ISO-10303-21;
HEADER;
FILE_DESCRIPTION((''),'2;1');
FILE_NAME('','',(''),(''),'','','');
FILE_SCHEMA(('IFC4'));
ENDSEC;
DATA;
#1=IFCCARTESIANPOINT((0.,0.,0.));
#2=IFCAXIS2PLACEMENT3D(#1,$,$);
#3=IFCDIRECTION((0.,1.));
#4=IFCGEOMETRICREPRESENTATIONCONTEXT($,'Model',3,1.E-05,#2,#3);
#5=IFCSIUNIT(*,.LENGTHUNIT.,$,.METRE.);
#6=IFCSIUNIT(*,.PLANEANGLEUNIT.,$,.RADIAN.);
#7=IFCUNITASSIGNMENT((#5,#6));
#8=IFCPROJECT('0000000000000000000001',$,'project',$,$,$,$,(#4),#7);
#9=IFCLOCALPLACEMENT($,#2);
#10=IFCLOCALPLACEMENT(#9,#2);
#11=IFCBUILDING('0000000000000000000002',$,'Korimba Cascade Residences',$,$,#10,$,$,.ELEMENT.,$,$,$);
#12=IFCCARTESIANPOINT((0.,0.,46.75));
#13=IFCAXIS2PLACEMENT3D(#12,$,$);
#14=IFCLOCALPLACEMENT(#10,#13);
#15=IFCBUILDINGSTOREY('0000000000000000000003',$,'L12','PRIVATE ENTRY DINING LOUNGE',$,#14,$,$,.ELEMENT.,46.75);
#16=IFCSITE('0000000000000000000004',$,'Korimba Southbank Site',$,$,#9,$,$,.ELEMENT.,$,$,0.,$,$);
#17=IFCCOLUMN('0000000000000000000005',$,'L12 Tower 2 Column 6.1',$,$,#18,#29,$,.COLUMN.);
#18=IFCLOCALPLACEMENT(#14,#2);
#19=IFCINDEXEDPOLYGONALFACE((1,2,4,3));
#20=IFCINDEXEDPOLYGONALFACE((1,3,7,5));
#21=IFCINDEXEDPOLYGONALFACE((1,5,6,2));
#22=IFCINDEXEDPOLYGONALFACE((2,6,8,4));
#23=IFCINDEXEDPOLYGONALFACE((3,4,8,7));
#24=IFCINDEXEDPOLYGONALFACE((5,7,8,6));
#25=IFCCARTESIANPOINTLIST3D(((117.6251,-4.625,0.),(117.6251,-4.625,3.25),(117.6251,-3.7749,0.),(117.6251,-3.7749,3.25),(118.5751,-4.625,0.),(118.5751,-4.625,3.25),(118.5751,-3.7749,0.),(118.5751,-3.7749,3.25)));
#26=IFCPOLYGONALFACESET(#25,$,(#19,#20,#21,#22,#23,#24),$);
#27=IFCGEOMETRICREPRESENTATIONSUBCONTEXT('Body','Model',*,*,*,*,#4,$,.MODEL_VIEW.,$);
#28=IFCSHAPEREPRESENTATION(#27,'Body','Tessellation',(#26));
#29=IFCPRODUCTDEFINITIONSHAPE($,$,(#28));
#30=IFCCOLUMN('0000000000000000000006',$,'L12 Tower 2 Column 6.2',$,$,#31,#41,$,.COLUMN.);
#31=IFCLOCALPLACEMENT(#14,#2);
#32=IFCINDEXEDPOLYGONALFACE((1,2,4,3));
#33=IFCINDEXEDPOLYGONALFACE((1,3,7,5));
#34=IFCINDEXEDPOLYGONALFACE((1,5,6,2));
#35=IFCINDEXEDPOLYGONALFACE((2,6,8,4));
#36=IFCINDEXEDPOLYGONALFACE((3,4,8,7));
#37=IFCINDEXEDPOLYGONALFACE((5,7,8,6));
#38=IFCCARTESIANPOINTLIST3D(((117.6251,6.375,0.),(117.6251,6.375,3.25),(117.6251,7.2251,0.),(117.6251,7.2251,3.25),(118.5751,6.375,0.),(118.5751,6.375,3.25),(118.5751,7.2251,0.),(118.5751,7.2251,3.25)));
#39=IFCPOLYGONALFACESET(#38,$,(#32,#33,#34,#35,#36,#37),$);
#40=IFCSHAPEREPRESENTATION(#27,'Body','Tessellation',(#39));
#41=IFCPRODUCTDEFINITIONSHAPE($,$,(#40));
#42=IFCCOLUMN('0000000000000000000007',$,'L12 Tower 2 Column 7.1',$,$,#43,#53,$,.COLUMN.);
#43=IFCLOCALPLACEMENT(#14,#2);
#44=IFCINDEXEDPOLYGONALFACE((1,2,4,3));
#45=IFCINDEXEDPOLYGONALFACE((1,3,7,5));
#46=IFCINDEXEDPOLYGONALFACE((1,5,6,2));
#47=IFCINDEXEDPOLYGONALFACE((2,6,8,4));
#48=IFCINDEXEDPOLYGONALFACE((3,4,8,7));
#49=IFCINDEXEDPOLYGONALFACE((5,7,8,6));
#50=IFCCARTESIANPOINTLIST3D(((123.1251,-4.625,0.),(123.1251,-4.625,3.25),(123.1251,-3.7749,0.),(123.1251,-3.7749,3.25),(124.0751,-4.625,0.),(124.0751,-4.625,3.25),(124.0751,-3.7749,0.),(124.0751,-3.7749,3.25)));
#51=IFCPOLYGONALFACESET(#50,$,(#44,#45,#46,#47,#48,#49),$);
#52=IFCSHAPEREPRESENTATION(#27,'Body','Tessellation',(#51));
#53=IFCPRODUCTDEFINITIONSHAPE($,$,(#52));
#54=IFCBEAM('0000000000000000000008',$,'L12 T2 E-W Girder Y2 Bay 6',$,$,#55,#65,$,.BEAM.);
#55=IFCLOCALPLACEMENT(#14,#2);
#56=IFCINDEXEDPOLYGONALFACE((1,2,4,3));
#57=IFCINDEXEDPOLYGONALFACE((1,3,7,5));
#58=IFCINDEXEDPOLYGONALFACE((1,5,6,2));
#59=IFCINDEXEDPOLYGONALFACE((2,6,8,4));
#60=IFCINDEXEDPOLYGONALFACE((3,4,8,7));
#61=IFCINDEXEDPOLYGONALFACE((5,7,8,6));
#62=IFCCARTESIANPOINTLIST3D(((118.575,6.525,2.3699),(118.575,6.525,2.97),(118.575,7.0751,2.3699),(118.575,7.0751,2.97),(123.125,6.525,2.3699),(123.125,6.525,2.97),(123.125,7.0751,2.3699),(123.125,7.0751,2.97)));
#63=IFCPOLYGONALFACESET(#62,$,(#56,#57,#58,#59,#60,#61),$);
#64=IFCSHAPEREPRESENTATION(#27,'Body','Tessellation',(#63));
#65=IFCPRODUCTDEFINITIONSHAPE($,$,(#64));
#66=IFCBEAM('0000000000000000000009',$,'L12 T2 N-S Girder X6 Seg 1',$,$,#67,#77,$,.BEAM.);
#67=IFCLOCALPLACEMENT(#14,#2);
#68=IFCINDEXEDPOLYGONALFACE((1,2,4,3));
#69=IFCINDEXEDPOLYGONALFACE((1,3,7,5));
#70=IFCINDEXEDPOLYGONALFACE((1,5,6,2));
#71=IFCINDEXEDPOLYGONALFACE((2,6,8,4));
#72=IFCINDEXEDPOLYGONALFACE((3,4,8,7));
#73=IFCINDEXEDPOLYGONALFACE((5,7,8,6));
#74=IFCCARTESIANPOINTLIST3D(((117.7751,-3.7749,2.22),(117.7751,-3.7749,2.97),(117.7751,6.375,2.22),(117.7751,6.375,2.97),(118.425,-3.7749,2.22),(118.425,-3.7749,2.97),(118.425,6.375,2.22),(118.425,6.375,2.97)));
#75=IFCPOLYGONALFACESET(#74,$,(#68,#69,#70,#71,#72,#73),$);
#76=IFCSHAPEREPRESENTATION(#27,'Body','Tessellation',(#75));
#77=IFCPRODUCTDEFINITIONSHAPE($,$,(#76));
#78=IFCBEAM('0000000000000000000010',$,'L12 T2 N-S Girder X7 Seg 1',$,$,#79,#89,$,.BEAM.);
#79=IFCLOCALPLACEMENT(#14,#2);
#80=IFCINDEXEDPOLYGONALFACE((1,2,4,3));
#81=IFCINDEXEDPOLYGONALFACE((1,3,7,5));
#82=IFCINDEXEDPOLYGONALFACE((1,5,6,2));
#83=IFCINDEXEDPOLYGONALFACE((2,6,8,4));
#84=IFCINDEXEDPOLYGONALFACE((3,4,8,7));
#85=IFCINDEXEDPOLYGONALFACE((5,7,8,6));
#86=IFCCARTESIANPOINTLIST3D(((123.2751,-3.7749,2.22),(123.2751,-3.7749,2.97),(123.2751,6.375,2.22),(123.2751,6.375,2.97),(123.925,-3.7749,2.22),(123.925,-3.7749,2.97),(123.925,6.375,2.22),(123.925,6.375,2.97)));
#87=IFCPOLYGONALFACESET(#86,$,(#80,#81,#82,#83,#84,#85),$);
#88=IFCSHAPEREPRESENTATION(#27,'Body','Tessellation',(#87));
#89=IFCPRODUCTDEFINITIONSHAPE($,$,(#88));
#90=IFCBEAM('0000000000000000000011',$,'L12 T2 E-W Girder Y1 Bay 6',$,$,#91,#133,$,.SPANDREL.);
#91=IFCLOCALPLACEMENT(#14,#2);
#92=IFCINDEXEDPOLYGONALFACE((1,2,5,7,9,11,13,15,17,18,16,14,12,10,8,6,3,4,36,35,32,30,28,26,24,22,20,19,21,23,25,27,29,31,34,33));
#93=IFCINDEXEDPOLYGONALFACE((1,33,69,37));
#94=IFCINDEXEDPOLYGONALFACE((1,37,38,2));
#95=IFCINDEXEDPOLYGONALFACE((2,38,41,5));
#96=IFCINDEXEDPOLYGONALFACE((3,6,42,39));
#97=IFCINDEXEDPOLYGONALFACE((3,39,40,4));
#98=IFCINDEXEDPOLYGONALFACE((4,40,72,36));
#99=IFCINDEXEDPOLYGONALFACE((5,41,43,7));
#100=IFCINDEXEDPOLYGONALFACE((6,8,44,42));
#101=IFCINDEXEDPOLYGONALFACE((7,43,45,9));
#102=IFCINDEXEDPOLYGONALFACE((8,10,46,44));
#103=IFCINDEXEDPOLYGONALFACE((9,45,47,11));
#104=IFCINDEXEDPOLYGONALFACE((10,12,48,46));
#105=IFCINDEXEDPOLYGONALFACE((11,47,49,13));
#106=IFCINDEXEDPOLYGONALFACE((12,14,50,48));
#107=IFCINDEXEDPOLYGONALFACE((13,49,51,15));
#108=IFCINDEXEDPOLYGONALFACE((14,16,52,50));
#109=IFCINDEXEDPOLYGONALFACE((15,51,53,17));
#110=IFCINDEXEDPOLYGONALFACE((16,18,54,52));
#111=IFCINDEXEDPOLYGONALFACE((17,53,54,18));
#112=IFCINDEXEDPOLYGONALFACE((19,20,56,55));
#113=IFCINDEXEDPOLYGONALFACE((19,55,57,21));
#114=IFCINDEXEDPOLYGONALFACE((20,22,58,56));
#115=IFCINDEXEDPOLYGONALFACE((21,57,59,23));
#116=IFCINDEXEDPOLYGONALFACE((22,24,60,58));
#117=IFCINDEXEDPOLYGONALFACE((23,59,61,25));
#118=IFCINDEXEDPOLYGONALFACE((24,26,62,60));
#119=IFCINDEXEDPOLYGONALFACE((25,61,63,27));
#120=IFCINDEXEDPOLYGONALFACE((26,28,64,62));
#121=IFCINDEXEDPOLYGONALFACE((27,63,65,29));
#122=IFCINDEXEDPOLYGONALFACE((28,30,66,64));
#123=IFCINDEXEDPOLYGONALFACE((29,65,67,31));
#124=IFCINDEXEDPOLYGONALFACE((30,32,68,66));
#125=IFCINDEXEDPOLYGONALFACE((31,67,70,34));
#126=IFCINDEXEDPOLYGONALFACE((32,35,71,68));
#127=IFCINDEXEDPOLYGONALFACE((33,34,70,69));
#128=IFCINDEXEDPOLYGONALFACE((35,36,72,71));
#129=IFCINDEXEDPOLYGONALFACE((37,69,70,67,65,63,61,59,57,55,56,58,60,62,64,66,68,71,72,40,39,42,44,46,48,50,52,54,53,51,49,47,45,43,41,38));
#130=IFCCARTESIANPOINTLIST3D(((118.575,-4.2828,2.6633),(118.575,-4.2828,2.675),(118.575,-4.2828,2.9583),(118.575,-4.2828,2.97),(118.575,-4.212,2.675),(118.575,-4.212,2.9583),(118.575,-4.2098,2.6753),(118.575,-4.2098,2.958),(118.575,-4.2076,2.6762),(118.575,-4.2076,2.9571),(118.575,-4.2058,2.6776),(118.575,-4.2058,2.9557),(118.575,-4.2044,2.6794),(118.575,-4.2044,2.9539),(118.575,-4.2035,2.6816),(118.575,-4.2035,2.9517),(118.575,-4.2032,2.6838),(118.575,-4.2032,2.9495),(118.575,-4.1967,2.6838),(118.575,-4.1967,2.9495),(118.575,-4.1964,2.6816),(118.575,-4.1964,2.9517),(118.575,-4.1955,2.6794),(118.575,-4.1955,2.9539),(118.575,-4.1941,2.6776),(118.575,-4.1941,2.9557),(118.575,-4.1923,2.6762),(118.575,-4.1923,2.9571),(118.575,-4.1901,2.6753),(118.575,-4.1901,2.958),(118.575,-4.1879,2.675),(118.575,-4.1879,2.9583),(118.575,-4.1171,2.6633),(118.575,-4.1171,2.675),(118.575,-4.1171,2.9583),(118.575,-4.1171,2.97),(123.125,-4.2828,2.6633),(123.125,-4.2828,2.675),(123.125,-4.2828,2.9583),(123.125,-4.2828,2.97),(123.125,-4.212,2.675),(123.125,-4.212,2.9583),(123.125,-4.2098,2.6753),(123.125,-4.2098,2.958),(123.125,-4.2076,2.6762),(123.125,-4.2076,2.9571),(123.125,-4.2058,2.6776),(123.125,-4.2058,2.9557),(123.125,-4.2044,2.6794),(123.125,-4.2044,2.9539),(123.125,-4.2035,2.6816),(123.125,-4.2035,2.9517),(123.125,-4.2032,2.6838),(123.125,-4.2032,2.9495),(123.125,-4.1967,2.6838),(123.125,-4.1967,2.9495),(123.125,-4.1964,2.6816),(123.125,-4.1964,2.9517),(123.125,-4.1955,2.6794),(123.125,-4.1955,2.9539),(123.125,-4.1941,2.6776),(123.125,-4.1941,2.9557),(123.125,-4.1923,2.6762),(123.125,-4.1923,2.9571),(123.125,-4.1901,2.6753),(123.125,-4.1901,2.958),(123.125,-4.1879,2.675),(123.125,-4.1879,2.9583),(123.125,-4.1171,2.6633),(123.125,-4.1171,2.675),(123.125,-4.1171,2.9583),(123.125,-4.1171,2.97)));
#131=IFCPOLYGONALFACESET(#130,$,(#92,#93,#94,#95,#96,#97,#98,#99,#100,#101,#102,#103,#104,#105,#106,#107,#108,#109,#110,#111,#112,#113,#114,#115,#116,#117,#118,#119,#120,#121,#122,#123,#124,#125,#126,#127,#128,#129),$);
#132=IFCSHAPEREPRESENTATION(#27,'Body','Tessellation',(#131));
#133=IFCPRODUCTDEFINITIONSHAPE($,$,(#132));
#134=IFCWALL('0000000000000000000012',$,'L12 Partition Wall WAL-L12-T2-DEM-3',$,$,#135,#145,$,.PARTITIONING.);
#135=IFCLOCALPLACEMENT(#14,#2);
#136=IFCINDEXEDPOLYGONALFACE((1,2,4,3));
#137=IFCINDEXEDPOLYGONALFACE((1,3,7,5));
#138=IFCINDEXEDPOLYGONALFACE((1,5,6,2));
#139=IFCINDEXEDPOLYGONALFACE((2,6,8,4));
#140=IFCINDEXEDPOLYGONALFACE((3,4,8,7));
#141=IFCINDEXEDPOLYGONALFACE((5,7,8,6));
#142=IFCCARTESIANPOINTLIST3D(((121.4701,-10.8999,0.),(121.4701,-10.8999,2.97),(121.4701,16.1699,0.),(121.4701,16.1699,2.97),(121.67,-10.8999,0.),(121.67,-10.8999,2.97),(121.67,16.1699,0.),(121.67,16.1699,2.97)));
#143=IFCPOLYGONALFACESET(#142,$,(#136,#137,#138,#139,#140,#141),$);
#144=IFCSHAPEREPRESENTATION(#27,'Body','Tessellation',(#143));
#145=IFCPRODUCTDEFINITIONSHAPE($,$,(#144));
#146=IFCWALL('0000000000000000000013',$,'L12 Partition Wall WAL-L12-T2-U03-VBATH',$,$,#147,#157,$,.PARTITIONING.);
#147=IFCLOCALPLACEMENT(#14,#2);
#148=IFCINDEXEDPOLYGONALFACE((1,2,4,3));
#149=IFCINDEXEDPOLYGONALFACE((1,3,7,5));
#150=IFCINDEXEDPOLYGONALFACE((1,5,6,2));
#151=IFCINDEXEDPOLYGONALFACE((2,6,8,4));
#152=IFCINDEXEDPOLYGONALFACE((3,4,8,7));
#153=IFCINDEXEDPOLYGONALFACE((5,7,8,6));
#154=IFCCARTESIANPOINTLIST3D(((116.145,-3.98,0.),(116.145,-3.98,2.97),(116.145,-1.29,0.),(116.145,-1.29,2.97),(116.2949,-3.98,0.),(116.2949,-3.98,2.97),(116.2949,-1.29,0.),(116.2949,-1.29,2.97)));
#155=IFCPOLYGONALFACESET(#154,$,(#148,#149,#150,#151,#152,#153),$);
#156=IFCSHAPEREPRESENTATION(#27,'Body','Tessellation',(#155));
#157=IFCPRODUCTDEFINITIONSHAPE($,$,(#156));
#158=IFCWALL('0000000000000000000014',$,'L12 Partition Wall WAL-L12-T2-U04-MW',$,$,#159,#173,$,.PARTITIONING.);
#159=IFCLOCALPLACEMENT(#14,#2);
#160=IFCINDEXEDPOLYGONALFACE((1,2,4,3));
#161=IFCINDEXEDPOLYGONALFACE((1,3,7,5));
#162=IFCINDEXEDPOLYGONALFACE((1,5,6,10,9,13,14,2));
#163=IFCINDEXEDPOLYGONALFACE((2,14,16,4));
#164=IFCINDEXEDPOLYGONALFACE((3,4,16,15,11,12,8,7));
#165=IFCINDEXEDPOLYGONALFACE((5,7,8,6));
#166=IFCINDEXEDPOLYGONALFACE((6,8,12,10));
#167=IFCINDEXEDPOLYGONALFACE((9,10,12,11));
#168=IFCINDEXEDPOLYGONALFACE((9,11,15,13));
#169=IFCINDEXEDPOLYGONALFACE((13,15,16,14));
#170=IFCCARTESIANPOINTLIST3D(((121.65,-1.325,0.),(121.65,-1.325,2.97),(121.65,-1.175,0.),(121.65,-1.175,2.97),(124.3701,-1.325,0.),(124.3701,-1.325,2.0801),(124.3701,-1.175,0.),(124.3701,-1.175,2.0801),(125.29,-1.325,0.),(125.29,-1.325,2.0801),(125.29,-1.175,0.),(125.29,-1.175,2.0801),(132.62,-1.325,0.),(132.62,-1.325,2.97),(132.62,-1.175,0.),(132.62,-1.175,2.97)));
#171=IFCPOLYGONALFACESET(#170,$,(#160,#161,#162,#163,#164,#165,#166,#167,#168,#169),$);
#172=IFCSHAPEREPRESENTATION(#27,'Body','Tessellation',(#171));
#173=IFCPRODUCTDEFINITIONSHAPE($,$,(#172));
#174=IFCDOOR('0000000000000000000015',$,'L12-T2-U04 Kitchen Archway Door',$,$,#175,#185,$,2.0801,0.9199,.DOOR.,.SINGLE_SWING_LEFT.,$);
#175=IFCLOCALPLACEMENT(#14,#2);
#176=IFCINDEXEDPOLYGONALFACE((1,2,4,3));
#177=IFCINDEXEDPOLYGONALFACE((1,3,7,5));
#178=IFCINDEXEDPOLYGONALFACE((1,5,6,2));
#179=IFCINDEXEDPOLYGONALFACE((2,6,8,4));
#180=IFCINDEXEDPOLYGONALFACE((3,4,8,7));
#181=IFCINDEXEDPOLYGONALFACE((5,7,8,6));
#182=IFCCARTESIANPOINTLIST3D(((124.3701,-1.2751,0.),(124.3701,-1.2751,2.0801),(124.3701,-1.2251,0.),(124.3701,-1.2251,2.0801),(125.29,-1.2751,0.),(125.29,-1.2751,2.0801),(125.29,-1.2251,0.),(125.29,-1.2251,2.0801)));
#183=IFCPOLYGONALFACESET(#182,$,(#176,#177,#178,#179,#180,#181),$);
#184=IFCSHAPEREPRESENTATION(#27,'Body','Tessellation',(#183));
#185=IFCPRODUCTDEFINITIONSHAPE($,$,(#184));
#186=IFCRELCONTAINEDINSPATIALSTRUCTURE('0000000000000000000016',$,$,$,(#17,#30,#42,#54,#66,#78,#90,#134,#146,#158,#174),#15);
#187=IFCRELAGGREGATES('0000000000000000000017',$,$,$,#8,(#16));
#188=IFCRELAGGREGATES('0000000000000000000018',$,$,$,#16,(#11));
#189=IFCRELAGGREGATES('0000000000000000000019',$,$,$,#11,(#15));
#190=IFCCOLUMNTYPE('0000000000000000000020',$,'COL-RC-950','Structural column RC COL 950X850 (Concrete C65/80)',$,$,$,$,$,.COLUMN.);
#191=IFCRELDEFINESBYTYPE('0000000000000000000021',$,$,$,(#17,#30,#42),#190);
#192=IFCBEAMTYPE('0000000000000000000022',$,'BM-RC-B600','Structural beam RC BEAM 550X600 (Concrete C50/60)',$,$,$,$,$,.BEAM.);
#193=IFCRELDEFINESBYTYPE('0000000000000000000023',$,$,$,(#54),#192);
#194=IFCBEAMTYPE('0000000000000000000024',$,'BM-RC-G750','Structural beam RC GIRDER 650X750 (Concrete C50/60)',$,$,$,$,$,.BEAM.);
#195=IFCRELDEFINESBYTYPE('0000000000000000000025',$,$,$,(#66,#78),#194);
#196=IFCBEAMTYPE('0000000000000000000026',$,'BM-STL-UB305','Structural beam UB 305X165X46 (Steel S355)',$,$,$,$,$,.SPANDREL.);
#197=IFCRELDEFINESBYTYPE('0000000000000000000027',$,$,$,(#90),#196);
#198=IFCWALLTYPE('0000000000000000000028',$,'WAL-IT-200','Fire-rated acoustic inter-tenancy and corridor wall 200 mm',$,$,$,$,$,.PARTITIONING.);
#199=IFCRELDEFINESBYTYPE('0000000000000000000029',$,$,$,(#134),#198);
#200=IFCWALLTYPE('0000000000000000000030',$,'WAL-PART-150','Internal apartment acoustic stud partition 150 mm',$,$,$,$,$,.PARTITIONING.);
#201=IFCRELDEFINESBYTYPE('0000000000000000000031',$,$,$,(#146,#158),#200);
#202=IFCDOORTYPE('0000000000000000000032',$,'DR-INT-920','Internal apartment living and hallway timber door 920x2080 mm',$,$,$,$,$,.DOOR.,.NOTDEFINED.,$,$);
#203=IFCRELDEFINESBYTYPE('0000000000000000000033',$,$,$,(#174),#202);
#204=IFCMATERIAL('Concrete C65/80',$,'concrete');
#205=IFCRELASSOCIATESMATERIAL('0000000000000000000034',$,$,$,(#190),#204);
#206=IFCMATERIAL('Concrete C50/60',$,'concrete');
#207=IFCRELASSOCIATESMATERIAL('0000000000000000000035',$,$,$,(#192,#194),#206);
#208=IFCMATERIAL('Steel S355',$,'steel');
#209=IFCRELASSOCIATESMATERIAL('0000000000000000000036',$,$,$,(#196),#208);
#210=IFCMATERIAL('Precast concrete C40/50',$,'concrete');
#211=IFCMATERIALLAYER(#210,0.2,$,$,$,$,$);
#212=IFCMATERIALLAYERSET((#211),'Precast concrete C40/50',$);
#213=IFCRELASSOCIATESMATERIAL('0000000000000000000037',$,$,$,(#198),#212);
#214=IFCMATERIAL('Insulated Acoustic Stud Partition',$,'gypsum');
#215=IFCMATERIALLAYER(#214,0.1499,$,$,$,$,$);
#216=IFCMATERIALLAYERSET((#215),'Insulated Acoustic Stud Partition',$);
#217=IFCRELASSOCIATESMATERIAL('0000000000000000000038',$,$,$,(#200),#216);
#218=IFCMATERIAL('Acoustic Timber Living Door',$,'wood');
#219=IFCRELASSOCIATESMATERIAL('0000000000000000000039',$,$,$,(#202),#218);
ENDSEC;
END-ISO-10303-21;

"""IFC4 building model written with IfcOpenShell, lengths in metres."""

from ifc_helpers import new_model, si_unit, direction, frame, frame_2d, origin, origin_2d, place, context, subcontext, project, spatial, rectangle, i_section, extrude, material, layer, layer_set, material_profile, profile_set, type_object, element, fill, save


model = new_model("IFC4")

# Units and contexts
model_context = context("Model", 3, precision=1e-05, world=origin(), true_north=direction((0.0, 1.0)))
body_context = subcontext(model_context, "Body", "Model", "MODEL_VIEW")
ifc_project = project(units=[si_unit("LENGTHUNIT", "METRE"), si_unit("PLANEANGLEUNIT", "RADIAN")], contexts=[model_context])

# Site, building, storey
site_placement = place(None, origin())
site = spatial("IfcSite", under=ifc_project, at=site_placement, Name="Korimba Southbank Site", CompositionType="ELEMENT", RefElevation=0.0)
building_placement = place(site_placement, origin())
building = spatial("IfcBuilding", under=site, at=building_placement, Name="Korimba Cascade Residences", CompositionType="ELEMENT")
storey_placement = place(building_placement, frame((0.0, 0.0, 46.75)))
storey = spatial("IfcBuildingStorey", under=building, at=storey_placement, Name="L12", Description="PRIVATE ENTRY DINING LOUNGE", CompositionType="ELEMENT", Elevation=46.75)

# Columns
ifc_material_1 = material(Name="Concrete C65/80", Category="concrete")
ifc_material_profile_1 = material_profile(ifc_material_1, rectangle(XDim=0.95, YDim=0.8501, at=origin_2d()), Name="Concrete C65/80")
ifc_profile_set_1 = profile_set([ifc_material_profile_1], Name="Concrete C65/80")
column_type = type_object("IfcColumnType", Name="COL-RC-950", Description="Structural column RC COL 950X850 (Concrete C65/80)", PredefinedType="COLUMN", material=ifc_profile_set_1)
for number, where, z_axis, x_axis, name in (
    (1, (118.1001, -4.2, 0.0), (0.0, 0.0, 1.0), (1.0, 0.0, 0.0), "L12 Tower 2 Column 6.1"),
    (2, (118.1001, 6.8, 0.0), (0.0, 0.0, 1.0), (1.0, 0.0, 0.0), "L12 Tower 2 Column 6.2"),
    (3, (123.6001, -4.2, 0.0), (0.0, 0.0, 1.0), (1.0, 0.0, 0.0), "L12 Tower 2 Column 7.1"),
):
    element("IfcColumn", number, at=place(storey_placement, frame(where, z_axis=z_axis, x_axis=x_axis)), inside=storey, type_object=column_type, Name=name, PredefinedType="COLUMN", context=body_context, shape_type="SweptSolid", body=[
        extrude(rectangle(XDim=0.95, YDim=0.8501, at=origin_2d()), origin(), (0.0, 0.0, 1.0), 3.25),
    ])

# Beams
ifc_material_2 = material(Name="Concrete C50/60", Category="concrete")
ifc_material_profile_2 = material_profile(ifc_material_2, rectangle(XDim=0.55, YDim=0.6001, at=origin_2d()), Name="Concrete C50/60")
ifc_profile_set_2 = profile_set([ifc_material_profile_2], Name="Concrete C50/60")
beam_type_1 = type_object("IfcBeamType", Name="BM-RC-B600", Description="Structural beam RC BEAM 550X600 (Concrete C50/60)", PredefinedType="BEAM", material=ifc_profile_set_2)
beam_1_placement = place(storey_placement, frame((118.575, 6.8, 2.6699), z_axis=(1.0, 0.0, 0.0), x_axis=(0.0, 1.0, 0.0)))
element("IfcBeam", 4, at=beam_1_placement, inside=storey, type_object=beam_type_1, Name="L12 T2 E-W Girder Y2 Bay 6", PredefinedType="BEAM", context=body_context, shape_type="SweptSolid", body=[
    extrude(rectangle(XDim=0.55, YDim=0.6001, at=origin_2d()), origin(), (0.0, 0.0, 1.0), 4.55),
])
ifc_material_profile_3 = material_profile(ifc_material_2, rectangle(XDim=0.6499, YDim=0.75, at=origin_2d()), Name="Concrete C50/60")
ifc_profile_set_3 = profile_set([ifc_material_profile_3], Name="Concrete C50/60")
beam_type_2 = type_object("IfcBeamType", Name="BM-RC-G750", Description="Structural beam RC GIRDER 650X750 (Concrete C50/60)", PredefinedType="BEAM", material=ifc_profile_set_3)
for number, where, z_axis, x_axis, name in (
    (5, (118.1001, -3.7749, 2.595), (0.0, 1.0, 0.0), (-1.0, 0.0, 0.0), "L12 T2 N-S Girder X6 Seg 1"),
    (6, (123.6001, -3.7749, 2.595), (0.0, 1.0, 0.0), (-1.0, 0.0, 0.0), "L12 T2 N-S Girder X7 Seg 1"),
):
    element("IfcBeam", number, at=place(storey_placement, frame(where, z_axis=z_axis, x_axis=x_axis)), inside=storey, type_object=beam_type_2, Name=name, PredefinedType="BEAM", context=body_context, shape_type="SweptSolid", body=[
        extrude(rectangle(XDim=0.6499, YDim=0.75, at=origin_2d()), origin(), (0.0, 0.0, 1.0), 10.1499),
    ])
ifc_material_3 = material(Name="Steel S355", Category="steel")
ifc_material_profile_4 = material_profile(ifc_material_3, i_section(OverallWidth=0.1658, OverallDepth=0.3066, WebThickness=0.0066, FlangeThickness=0.0117, FilletRadius=0.0088, at=origin_2d()), Name="Steel S355")
ifc_profile_set_4 = profile_set([ifc_material_profile_4], Name="Steel S355")
beam_type_3 = type_object("IfcBeamType", Name="BM-STL-UB305", Description="Structural beam UB 305X165X46 (Steel S355)", PredefinedType="SPANDREL", material=ifc_profile_set_4)
beam_2_placement = place(storey_placement, frame((118.575, -4.2, 2.8167), z_axis=(1.0, 0.0, 0.0), x_axis=(0.0, 1.0, 0.0)))
element("IfcBeam", 7, at=beam_2_placement, inside=storey, type_object=beam_type_3, Name="L12 T2 E-W Girder Y1 Bay 6", PredefinedType="SPANDREL", context=body_context, shape_type="SweptSolid", body=[
    extrude(i_section(OverallWidth=0.1658, OverallDepth=0.3066, WebThickness=0.0066, FlangeThickness=0.0117, FilletRadius=0.0088, at=origin_2d()), origin(), (0.0, 0.0, 1.0), 4.55),
])

# Walls
ifc_material_4 = material(Name="Precast concrete C40/50", Category="concrete")
ifc_layer_1 = layer(ifc_material_4, 0.2)
ifc_layer_set_1 = layer_set([ifc_layer_1], Name="Precast concrete C40/50")
wall_type_1 = type_object("IfcWallType", Name="WAL-IT-200", Description="Fire-rated acoustic inter-tenancy and corridor wall 200 mm", PredefinedType="PARTITIONING", material=ifc_layer_set_1)
wall_1_placement = place(storey_placement, frame((121.5701, -10.8999, 0.0), z_axis=(0.0, 0.0, 1.0), x_axis=(0.0, 1.0, 0.0)))
element("IfcWall", 8, at=wall_1_placement, inside=storey, type_object=wall_type_1, Name="L12 Partition Wall WAL-L12-T2-DEM-3", PredefinedType="PARTITIONING", context=body_context, shape_type="SweptSolid", body=[
    extrude(rectangle(XDim=27.0698, YDim=0.2, at=frame_2d((13.5349, 0.0))), origin(), (0.0, 0.0, 1.0), 2.97),
])
ifc_material_5 = material(Name="Insulated Acoustic Stud Partition", Category="gypsum")
ifc_layer_2 = layer(ifc_material_5, 0.1499)
ifc_layer_set_2 = layer_set([ifc_layer_2], Name="Insulated Acoustic Stud Partition")
wall_type_2 = type_object("IfcWallType", Name="WAL-PART-150", Description="Internal apartment acoustic stud partition 150 mm", PredefinedType="PARTITIONING", material=ifc_layer_set_2)
wall_2_placement = place(storey_placement, frame((116.22, -3.98, 0.0), z_axis=(0.0, 0.0, 1.0), x_axis=(0.0, 1.0, 0.0)))
element("IfcWall", 9, at=wall_2_placement, inside=storey, type_object=wall_type_2, Name="L12 Partition Wall WAL-L12-T2-U03-VBATH", PredefinedType="PARTITIONING", context=body_context, shape_type="SweptSolid", body=[
    extrude(rectangle(XDim=2.6899, YDim=0.1499, at=frame_2d((1.345, 0.0))), origin(), (0.0, 0.0, 1.0), 2.97),
])

# Wall, opening, door
wall_3_placement = place(storey_placement, frame((121.6501, -1.25, 0.0), z_axis=(0.0, 0.0, 1.0), x_axis=(1.0, 0.0, 0.0)))
wall_3 = element("IfcWall", 10, at=wall_3_placement, inside=storey, type_object=wall_type_2, Name="L12 Partition Wall WAL-L12-T2-U04-MW", PredefinedType="PARTITIONING", context=body_context, shape_type="SweptSolid", body=[
    extrude(rectangle(XDim=10.97, YDim=0.1499, at=frame_2d((5.4849, 0.0))), origin(), (0.0, 0.0, 1.0), 2.97),
])
opening_1_placement = place(wall_3_placement, frame((2.72, 0.0, 0.0)))
opening_1 = element("IfcOpeningElement", 11, at=opening_1_placement, cuts=wall_3, PredefinedType="OPENING", context=body_context, shape_type="SweptSolid", body=[
    extrude(rectangle(XDim=0.9199, YDim=2.0801, at=frame_2d((0.46, 1.04))), frame((0.0, 0.085, 0.0), z_axis=(0.0, -1.0, 0.0), x_axis=(1.0, 0.0, 0.0)), (0.0, 0.0, 1.0), 0.1699),
])
ifc_material_6 = material(Name="Acoustic Timber Living Door", Category="wood")
door_type_1 = type_object("IfcDoorType", Name="DR-INT-920", Description="Internal apartment living and hallway timber door 920x2080 mm", OperationType="NOTDEFINED", PredefinedType="DOOR", material=ifc_material_6)
door_1_placement = place(opening_1_placement, origin())
door_1 = element("IfcDoor", 12, at=door_1_placement, inside=storey, type_object=door_type_1, Name="L12-T2-U04 Kitchen Archway Door", OperationType="SINGLE_SWING_LEFT", OverallHeight=2.0801, OverallWidth=0.9199, PredefinedType="DOOR", context=body_context, shape_type="SweptSolid", body=[
    extrude(rectangle(XDim=0.9199, YDim=2.0801, at=frame_2d((0.46, 1.04))), frame((0.0, 0.0249, 0.0), z_axis=(0.0, -1.0, 0.0), x_axis=(1.0, 0.0, 0.0)), (0.0, 0.0, 1.0), 0.05),
])
fill(opening_1, door_1)

save(model, "model.ifc")
